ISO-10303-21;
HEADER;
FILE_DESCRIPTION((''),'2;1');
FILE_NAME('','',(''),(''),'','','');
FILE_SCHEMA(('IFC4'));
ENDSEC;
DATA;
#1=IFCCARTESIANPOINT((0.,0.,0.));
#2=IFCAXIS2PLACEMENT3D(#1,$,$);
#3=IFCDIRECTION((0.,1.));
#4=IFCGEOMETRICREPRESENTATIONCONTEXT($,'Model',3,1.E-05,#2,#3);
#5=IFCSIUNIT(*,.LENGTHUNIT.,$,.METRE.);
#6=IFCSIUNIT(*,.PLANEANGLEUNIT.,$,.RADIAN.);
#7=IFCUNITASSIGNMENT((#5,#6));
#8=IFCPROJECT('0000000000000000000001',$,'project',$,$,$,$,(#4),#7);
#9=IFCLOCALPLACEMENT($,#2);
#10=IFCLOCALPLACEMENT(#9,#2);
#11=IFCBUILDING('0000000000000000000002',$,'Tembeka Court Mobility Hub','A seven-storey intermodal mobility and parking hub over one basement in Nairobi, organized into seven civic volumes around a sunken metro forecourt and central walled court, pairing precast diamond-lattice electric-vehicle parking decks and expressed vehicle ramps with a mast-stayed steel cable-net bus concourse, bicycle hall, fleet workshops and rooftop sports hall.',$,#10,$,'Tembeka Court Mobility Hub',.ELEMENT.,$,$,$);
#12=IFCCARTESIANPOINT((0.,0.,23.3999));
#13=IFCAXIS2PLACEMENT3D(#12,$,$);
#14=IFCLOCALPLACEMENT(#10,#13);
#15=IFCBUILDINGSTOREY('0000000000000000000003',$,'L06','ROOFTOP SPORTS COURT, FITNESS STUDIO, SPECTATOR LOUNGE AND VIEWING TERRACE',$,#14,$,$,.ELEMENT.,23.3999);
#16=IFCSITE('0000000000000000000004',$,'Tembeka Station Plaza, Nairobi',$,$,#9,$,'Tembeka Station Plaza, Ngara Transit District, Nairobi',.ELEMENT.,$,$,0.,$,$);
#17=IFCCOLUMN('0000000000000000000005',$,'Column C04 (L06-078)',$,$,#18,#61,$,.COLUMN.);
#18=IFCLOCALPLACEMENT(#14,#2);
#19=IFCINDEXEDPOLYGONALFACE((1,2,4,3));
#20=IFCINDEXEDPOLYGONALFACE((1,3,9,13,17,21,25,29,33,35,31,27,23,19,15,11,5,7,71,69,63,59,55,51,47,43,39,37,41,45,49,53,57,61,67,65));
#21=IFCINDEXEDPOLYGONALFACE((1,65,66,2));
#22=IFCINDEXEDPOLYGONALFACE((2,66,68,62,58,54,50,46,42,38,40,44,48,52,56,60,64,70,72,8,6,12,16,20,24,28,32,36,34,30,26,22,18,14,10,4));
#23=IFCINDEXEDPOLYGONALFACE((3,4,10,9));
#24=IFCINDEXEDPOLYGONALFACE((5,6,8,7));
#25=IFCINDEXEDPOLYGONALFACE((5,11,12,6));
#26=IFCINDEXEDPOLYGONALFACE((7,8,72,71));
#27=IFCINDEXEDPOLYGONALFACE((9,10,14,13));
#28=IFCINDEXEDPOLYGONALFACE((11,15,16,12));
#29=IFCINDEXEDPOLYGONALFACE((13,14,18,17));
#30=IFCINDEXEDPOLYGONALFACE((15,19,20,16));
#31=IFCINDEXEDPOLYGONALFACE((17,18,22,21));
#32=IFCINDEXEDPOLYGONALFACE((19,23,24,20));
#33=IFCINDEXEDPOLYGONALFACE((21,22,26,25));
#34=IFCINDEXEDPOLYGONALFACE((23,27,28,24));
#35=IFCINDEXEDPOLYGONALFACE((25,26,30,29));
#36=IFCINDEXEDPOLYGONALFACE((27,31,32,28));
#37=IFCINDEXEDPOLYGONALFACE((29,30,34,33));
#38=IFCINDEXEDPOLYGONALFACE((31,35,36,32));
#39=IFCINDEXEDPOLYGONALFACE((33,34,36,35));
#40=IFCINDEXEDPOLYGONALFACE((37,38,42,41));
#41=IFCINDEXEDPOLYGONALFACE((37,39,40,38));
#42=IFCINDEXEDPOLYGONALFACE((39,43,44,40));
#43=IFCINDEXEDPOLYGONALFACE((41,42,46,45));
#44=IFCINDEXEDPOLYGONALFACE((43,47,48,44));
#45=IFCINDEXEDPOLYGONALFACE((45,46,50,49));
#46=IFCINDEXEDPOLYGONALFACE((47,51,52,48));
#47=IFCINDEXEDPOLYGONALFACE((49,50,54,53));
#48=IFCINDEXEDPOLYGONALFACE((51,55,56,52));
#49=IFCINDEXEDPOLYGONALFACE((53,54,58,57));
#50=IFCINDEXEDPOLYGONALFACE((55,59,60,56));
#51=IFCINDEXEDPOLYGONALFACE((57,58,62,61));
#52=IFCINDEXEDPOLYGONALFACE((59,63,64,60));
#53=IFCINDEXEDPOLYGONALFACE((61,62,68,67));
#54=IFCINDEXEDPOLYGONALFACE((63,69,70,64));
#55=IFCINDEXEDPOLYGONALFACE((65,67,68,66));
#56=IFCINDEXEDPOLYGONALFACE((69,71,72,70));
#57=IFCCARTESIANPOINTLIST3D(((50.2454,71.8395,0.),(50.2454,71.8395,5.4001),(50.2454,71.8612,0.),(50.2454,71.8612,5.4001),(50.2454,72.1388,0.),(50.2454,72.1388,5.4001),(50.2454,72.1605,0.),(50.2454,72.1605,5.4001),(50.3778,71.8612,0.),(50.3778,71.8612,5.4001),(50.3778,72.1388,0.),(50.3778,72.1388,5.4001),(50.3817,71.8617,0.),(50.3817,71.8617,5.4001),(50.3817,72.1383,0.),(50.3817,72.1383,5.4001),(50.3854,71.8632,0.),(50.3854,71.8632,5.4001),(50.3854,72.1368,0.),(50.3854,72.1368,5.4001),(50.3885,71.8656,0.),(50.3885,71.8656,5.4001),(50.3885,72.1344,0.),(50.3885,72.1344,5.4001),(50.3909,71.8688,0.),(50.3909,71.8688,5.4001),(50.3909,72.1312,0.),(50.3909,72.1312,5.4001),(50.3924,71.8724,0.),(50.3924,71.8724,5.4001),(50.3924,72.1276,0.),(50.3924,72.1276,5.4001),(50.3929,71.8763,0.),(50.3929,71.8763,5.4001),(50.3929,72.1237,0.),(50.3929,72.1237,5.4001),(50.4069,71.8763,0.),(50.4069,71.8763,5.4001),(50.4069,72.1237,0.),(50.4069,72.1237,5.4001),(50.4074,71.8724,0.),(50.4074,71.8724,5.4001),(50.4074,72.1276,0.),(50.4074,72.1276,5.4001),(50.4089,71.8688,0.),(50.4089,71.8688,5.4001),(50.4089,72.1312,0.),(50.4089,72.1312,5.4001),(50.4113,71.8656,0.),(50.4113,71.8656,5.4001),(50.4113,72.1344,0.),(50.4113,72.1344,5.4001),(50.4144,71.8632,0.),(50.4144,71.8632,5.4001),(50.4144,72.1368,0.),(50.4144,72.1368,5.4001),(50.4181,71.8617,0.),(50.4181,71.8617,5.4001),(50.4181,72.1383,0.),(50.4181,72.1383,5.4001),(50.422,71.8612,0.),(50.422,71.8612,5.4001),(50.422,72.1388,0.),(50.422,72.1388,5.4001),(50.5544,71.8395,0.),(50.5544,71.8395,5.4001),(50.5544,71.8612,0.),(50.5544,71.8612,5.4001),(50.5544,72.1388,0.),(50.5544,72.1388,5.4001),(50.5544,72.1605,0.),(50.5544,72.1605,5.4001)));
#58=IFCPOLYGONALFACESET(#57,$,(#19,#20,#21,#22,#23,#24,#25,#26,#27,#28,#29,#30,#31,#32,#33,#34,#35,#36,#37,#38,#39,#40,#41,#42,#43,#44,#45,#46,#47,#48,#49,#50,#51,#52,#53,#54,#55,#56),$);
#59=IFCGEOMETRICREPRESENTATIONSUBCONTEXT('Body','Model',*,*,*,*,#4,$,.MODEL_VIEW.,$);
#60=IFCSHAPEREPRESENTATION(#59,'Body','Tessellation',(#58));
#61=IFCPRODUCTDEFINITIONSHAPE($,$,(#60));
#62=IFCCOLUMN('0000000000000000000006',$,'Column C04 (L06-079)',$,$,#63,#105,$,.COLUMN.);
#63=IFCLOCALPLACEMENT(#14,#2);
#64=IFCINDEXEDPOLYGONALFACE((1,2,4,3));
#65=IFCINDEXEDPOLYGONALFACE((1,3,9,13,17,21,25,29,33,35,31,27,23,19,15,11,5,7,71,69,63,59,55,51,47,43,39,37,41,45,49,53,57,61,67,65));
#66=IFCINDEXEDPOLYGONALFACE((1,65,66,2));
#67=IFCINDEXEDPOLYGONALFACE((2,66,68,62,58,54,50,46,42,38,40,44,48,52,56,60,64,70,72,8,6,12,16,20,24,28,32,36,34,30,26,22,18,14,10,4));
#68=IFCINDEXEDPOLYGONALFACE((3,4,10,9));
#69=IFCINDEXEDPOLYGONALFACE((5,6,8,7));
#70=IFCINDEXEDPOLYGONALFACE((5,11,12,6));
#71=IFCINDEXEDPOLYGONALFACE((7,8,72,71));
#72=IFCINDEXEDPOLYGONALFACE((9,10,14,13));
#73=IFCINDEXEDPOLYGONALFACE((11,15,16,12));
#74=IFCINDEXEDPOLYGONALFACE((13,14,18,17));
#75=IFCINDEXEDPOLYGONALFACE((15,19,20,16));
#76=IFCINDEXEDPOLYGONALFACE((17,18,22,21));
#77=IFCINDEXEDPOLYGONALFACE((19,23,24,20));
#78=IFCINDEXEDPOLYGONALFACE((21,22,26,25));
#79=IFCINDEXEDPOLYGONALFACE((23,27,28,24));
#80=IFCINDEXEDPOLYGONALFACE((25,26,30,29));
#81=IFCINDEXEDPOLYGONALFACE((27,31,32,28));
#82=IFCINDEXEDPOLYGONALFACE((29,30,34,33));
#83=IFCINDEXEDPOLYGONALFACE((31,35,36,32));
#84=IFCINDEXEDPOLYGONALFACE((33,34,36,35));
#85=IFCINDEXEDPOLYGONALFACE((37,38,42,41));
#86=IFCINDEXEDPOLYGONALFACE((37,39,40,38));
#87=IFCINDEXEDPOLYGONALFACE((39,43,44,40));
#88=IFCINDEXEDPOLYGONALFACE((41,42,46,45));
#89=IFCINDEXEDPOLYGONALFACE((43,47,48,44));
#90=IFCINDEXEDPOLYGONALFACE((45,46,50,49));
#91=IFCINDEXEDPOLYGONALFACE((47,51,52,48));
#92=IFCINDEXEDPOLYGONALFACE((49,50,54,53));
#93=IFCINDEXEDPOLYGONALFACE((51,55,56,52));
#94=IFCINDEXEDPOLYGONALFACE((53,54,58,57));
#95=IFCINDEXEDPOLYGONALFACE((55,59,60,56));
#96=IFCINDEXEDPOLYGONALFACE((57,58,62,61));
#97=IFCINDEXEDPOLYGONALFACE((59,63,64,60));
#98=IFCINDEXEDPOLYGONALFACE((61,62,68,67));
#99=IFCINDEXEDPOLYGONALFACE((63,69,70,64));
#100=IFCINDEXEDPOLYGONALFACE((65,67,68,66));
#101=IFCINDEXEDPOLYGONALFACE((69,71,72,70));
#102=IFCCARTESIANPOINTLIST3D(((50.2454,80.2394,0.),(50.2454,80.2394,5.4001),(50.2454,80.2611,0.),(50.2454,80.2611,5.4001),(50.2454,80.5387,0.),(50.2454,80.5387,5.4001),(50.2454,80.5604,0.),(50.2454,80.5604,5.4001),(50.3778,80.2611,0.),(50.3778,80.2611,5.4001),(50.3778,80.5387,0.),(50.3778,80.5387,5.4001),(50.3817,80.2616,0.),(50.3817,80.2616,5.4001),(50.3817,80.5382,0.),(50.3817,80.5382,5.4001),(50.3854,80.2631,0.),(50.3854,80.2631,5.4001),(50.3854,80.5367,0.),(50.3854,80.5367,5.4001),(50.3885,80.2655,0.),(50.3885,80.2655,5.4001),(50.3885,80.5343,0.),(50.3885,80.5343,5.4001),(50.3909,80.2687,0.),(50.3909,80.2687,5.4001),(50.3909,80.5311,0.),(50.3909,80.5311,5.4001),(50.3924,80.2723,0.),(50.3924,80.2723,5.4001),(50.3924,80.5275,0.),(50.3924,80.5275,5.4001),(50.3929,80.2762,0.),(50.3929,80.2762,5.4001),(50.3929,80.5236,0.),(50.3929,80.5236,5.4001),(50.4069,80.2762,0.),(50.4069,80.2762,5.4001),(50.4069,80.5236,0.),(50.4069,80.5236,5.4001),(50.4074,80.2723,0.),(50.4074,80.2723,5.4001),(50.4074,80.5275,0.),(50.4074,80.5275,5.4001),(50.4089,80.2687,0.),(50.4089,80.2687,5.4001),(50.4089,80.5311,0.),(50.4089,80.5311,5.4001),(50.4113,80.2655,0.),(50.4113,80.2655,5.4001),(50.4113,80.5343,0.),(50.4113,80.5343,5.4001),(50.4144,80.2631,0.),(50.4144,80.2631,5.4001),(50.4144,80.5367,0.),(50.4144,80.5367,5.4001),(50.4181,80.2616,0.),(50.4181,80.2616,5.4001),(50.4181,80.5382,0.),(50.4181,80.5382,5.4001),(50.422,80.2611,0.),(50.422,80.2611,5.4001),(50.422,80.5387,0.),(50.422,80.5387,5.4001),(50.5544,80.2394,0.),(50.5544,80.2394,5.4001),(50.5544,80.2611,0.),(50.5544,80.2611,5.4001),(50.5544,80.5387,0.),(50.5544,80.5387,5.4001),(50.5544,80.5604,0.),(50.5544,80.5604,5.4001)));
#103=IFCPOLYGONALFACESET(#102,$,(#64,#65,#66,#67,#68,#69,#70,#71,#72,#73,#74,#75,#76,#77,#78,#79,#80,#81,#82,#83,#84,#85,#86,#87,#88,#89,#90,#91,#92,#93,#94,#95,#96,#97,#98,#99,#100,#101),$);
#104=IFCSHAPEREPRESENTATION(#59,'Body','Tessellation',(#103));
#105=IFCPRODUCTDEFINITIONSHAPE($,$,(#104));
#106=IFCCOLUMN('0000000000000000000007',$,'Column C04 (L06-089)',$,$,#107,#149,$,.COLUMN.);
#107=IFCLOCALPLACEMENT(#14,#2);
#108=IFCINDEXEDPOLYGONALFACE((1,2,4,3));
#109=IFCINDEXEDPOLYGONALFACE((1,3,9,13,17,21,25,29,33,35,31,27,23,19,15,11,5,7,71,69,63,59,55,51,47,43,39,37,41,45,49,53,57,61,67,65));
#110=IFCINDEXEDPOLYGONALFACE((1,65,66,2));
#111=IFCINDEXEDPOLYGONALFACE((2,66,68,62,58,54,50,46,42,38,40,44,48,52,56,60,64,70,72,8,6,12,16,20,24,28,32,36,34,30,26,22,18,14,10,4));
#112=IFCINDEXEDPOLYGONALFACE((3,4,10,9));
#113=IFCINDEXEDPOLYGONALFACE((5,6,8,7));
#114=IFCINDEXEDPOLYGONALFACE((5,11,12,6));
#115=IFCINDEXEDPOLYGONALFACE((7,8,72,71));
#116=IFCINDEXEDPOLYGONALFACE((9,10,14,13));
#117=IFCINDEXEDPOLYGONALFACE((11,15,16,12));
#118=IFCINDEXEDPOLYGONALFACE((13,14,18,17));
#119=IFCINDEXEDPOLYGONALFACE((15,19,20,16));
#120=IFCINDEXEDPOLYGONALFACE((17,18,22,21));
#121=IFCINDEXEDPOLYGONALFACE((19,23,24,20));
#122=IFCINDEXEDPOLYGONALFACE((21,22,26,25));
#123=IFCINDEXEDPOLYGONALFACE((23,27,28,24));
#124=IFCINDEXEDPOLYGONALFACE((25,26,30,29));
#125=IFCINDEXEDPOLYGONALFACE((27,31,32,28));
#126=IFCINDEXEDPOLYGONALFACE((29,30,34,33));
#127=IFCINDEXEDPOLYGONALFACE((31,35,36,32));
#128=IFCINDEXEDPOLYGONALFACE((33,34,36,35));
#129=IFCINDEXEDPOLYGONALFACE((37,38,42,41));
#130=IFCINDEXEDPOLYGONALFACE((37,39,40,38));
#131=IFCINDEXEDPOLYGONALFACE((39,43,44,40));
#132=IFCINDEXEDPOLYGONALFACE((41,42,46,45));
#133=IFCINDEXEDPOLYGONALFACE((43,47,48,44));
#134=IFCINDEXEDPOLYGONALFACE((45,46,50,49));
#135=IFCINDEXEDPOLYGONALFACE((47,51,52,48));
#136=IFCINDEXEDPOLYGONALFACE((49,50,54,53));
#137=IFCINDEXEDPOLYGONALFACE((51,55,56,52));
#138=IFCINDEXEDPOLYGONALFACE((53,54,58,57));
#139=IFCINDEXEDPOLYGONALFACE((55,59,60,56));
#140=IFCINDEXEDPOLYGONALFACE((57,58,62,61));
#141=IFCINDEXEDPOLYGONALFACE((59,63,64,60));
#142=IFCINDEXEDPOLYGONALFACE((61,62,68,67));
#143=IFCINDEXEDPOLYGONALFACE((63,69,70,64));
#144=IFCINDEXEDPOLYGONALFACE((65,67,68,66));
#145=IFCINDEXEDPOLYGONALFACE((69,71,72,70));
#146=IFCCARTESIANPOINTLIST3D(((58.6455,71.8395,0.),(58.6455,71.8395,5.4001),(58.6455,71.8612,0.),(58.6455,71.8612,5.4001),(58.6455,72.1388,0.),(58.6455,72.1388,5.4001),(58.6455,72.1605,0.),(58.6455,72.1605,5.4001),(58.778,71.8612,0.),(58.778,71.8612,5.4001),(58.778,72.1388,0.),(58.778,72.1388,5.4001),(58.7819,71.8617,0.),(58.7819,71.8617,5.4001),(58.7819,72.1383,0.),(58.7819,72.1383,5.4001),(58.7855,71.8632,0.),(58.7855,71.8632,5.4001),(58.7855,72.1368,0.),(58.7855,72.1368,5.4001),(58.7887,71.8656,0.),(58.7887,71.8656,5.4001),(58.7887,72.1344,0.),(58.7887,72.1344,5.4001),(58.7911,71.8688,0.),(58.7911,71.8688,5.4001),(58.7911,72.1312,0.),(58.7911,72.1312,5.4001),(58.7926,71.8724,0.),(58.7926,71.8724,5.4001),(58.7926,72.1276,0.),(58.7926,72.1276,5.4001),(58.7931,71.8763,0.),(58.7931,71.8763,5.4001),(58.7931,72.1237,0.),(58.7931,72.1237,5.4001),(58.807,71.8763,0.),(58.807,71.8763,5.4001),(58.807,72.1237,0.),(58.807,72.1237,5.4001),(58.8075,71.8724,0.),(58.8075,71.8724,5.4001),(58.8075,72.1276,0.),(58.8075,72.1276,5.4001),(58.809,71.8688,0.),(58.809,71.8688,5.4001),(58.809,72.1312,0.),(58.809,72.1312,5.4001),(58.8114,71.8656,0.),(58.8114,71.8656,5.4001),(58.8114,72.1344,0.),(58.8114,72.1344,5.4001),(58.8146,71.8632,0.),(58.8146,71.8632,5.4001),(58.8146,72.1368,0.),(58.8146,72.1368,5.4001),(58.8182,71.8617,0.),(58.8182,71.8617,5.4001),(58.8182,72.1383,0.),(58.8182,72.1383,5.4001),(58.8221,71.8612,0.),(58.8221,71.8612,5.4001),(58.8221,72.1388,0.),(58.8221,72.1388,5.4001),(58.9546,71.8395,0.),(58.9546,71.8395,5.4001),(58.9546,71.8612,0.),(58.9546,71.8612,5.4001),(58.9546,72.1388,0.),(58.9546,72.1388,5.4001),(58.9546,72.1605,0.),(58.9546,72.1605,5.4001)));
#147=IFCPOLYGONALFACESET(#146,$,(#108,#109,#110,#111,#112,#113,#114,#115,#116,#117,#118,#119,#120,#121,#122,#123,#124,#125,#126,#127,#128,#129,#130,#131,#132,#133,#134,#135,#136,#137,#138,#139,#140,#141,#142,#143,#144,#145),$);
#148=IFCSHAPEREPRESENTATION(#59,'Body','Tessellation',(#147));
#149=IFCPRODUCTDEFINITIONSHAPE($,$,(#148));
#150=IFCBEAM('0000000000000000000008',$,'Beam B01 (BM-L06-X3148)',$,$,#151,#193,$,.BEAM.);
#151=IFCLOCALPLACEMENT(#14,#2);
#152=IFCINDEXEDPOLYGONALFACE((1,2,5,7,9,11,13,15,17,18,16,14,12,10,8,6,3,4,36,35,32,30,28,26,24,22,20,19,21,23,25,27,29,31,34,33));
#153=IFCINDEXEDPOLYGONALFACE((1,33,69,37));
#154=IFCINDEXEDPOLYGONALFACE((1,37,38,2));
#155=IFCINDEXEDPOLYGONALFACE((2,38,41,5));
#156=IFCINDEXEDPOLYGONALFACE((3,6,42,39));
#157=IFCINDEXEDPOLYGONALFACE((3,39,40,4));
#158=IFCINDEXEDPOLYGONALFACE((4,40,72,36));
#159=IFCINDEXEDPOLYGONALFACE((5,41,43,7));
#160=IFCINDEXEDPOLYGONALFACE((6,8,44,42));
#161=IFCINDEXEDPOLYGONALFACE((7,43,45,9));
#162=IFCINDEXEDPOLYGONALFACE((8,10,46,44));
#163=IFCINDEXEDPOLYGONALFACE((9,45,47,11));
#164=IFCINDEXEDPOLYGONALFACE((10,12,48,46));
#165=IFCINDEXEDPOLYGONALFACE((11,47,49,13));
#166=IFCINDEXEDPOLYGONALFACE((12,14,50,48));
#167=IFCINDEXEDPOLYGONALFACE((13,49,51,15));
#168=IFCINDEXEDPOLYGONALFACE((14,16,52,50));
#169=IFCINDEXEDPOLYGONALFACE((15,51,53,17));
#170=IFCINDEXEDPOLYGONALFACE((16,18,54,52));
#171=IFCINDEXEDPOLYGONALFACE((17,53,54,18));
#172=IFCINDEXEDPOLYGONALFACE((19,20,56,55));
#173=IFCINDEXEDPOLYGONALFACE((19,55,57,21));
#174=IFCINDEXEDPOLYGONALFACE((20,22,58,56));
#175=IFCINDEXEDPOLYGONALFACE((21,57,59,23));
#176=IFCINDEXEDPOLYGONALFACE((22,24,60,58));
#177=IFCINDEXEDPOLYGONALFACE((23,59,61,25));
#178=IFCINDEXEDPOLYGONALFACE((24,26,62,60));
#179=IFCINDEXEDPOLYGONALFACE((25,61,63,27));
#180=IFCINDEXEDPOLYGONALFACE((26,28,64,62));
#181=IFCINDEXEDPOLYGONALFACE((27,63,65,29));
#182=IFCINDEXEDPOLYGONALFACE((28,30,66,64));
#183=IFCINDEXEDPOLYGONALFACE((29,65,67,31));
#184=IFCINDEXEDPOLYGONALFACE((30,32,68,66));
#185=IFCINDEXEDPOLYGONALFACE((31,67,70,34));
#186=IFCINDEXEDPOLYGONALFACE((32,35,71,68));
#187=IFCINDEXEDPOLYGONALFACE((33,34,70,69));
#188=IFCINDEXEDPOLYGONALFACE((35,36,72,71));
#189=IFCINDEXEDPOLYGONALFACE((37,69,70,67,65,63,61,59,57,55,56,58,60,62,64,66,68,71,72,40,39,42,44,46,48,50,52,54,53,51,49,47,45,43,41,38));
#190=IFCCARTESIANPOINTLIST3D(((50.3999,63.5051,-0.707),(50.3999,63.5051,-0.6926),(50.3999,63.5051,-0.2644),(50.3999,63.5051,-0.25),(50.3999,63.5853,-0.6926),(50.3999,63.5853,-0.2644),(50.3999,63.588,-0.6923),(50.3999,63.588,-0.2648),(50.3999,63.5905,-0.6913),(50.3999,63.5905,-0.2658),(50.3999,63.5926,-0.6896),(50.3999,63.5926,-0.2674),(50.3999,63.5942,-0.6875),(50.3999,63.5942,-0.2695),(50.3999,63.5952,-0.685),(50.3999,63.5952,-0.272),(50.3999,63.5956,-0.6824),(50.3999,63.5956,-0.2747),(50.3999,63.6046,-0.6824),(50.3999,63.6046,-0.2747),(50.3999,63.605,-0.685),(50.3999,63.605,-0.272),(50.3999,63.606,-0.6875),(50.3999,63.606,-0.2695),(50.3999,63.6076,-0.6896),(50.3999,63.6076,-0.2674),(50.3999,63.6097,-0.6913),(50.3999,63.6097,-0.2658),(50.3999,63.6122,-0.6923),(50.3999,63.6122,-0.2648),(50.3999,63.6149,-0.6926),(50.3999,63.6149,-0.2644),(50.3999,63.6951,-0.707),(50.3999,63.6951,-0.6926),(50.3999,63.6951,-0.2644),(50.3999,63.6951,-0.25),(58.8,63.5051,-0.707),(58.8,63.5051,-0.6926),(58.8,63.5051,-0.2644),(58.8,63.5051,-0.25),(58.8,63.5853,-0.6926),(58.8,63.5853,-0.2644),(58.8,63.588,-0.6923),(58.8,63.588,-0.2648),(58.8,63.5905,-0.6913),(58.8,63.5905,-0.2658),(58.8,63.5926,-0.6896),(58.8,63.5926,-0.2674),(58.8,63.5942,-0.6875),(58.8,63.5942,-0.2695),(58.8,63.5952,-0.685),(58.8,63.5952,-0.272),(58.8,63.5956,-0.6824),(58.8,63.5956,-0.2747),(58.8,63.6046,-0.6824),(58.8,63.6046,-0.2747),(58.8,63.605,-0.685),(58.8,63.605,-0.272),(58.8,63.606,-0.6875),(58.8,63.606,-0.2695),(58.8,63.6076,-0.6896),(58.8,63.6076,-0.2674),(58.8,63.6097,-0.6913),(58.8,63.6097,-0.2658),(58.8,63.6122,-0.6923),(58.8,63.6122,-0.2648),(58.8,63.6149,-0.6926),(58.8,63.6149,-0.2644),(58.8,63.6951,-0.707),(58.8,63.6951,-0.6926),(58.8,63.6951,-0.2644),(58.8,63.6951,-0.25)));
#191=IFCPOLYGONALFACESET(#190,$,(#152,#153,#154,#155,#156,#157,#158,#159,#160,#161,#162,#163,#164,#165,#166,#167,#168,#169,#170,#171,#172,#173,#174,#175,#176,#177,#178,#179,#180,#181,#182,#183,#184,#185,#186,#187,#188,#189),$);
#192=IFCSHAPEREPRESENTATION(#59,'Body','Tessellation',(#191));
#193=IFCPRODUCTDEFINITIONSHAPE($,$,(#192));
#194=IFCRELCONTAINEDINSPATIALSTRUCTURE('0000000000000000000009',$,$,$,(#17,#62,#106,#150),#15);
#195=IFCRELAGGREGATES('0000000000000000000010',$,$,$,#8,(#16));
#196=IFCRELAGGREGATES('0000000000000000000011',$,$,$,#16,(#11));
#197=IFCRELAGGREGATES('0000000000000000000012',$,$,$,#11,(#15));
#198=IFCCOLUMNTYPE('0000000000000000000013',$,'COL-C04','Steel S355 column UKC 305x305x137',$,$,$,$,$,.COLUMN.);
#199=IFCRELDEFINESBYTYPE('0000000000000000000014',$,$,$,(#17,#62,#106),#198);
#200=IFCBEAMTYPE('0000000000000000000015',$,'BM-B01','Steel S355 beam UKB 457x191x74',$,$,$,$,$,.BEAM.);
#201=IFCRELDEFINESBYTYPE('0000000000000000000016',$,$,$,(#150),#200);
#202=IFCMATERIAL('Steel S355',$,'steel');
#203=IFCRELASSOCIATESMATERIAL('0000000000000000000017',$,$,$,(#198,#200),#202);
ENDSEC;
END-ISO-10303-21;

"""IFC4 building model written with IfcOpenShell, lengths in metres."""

from ifc_helpers import new_model, si_unit, direction, frame, origin, origin_2d, place, context, subcontext, project, spatial, i_section, extrude, material, material_profile, profile_set, type_object, element, save


model = new_model("IFC4")

# Units and contexts
model_context = context("Model", 3, precision=1e-05, world=origin(), true_north=direction((0.0, 1.0)))
body_context = subcontext(model_context, "Body", "Model", "MODEL_VIEW")
ifc_project = project(units=[si_unit("LENGTHUNIT", "METRE"), si_unit("PLANEANGLEUNIT", "RADIAN")], contexts=[model_context])

# Site, building, storey
site_placement = place(None, origin())
site = spatial("IfcSite", under=ifc_project, at=site_placement, Name="Tembeka Station Plaza, Nairobi", LongName="Tembeka Station Plaza, Ngara Transit District, Nairobi", CompositionType="ELEMENT", RefElevation=0.0)
building_placement = place(site_placement, origin())
building = spatial("IfcBuilding", under=site, at=building_placement, Name="Tembeka Court Mobility Hub", Description="A seven-storey intermodal mobility and parking hub over one basement in Nairobi, organized into seven civic volumes around a sunken metro forecourt and central walled court, pairing precast diamond-lattice electric-vehicle parking decks and expressed vehicle ramps with a mast-stayed steel cable-net bus concourse, bicycle hall, fleet workshops and rooftop sports hall.", LongName="Tembeka Court Mobility Hub", CompositionType="ELEMENT")
storey_placement = place(building_placement, frame((0.0, 0.0, 23.3999)))
storey = spatial("IfcBuildingStorey", under=building, at=storey_placement, Name="L06", Description="ROOFTOP SPORTS COURT, FITNESS STUDIO, SPECTATOR LOUNGE AND VIEWING TERRACE", CompositionType="ELEMENT", Elevation=23.3999)

# Columns
ifc_material_1 = material(Name="Steel S355", Category="steel")
ifc_material_profile_1 = material_profile(ifc_material_1, i_section(OverallWidth=0.3091, OverallDepth=0.321, WebThickness=0.0139, FlangeThickness=0.0217, FilletRadius=0.0151, at=origin_2d()), Name="UKC 305x305x137")
ifc_profile_set_1 = profile_set([ifc_material_profile_1], Name="Steel S355")
column_type = type_object("IfcColumnType", Name="COL-C04", Description="Steel S355 column UKC 305x305x137", PredefinedType="COLUMN", material=ifc_profile_set_1)
for number, where, z_axis, x_axis, name in (
    (1, (50.3999, 72.0, 0.0), (0.0, 0.0, 1.0), (1.0, 0.0, 0.0), "Column C04 (L06-078)"),
    (2, (50.3999, 80.3999, 0.0), (0.0, 0.0, 1.0), (1.0, 0.0, 0.0), "Column C04 (L06-079)"),
    (3, (58.8, 72.0, 0.0), (0.0, 0.0, 1.0), (1.0, 0.0, 0.0), "Column C04 (L06-089)"),
):
    element("IfcColumn", number, at=place(storey_placement, frame(where, z_axis=z_axis, x_axis=x_axis)), inside=storey, type_object=column_type, Name=name, PredefinedType="COLUMN", context=body_context, shape_type="SweptSolid", body=[
        extrude(i_section(OverallWidth=0.3091, OverallDepth=0.321, WebThickness=0.0139, FlangeThickness=0.0217, FilletRadius=0.0151, at=origin_2d()), origin(), (0.0, 0.0, 1.0), 5.4001),
    ])

# Beam
ifc_material_profile_2 = material_profile(ifc_material_1, i_section(OverallWidth=0.1899, OverallDepth=0.457, WebThickness=0.009, FlangeThickness=0.0144, FilletRadius=0.0103, at=origin_2d()), Name="UKB 457x191x74")
ifc_profile_set_2 = profile_set([ifc_material_profile_2], Name="Steel S355")
beam_type_1 = type_object("IfcBeamType", Name="BM-B01", Description="Steel S355 beam UKB 457x191x74", PredefinedType="BEAM", material=ifc_profile_set_2)
beam_1_placement = place(storey_placement, frame((50.3999, 63.6001, -0.4785), z_axis=(1.0, 0.0, 0.0), x_axis=(0.0, 1.0, 0.0)))
element("IfcBeam", 4, at=beam_1_placement, inside=storey, type_object=beam_type_1, Name="Beam B01 (BM-L06-X3148)", PredefinedType="BEAM", context=body_context, shape_type="SweptSolid", body=[
    extrude(i_section(OverallWidth=0.1899, OverallDepth=0.457, WebThickness=0.009, FlangeThickness=0.0144, FilletRadius=0.0103, at=origin_2d()), origin(), (0.0, 0.0, 1.0), 8.4001),
])

save(model, "model.ifc")
